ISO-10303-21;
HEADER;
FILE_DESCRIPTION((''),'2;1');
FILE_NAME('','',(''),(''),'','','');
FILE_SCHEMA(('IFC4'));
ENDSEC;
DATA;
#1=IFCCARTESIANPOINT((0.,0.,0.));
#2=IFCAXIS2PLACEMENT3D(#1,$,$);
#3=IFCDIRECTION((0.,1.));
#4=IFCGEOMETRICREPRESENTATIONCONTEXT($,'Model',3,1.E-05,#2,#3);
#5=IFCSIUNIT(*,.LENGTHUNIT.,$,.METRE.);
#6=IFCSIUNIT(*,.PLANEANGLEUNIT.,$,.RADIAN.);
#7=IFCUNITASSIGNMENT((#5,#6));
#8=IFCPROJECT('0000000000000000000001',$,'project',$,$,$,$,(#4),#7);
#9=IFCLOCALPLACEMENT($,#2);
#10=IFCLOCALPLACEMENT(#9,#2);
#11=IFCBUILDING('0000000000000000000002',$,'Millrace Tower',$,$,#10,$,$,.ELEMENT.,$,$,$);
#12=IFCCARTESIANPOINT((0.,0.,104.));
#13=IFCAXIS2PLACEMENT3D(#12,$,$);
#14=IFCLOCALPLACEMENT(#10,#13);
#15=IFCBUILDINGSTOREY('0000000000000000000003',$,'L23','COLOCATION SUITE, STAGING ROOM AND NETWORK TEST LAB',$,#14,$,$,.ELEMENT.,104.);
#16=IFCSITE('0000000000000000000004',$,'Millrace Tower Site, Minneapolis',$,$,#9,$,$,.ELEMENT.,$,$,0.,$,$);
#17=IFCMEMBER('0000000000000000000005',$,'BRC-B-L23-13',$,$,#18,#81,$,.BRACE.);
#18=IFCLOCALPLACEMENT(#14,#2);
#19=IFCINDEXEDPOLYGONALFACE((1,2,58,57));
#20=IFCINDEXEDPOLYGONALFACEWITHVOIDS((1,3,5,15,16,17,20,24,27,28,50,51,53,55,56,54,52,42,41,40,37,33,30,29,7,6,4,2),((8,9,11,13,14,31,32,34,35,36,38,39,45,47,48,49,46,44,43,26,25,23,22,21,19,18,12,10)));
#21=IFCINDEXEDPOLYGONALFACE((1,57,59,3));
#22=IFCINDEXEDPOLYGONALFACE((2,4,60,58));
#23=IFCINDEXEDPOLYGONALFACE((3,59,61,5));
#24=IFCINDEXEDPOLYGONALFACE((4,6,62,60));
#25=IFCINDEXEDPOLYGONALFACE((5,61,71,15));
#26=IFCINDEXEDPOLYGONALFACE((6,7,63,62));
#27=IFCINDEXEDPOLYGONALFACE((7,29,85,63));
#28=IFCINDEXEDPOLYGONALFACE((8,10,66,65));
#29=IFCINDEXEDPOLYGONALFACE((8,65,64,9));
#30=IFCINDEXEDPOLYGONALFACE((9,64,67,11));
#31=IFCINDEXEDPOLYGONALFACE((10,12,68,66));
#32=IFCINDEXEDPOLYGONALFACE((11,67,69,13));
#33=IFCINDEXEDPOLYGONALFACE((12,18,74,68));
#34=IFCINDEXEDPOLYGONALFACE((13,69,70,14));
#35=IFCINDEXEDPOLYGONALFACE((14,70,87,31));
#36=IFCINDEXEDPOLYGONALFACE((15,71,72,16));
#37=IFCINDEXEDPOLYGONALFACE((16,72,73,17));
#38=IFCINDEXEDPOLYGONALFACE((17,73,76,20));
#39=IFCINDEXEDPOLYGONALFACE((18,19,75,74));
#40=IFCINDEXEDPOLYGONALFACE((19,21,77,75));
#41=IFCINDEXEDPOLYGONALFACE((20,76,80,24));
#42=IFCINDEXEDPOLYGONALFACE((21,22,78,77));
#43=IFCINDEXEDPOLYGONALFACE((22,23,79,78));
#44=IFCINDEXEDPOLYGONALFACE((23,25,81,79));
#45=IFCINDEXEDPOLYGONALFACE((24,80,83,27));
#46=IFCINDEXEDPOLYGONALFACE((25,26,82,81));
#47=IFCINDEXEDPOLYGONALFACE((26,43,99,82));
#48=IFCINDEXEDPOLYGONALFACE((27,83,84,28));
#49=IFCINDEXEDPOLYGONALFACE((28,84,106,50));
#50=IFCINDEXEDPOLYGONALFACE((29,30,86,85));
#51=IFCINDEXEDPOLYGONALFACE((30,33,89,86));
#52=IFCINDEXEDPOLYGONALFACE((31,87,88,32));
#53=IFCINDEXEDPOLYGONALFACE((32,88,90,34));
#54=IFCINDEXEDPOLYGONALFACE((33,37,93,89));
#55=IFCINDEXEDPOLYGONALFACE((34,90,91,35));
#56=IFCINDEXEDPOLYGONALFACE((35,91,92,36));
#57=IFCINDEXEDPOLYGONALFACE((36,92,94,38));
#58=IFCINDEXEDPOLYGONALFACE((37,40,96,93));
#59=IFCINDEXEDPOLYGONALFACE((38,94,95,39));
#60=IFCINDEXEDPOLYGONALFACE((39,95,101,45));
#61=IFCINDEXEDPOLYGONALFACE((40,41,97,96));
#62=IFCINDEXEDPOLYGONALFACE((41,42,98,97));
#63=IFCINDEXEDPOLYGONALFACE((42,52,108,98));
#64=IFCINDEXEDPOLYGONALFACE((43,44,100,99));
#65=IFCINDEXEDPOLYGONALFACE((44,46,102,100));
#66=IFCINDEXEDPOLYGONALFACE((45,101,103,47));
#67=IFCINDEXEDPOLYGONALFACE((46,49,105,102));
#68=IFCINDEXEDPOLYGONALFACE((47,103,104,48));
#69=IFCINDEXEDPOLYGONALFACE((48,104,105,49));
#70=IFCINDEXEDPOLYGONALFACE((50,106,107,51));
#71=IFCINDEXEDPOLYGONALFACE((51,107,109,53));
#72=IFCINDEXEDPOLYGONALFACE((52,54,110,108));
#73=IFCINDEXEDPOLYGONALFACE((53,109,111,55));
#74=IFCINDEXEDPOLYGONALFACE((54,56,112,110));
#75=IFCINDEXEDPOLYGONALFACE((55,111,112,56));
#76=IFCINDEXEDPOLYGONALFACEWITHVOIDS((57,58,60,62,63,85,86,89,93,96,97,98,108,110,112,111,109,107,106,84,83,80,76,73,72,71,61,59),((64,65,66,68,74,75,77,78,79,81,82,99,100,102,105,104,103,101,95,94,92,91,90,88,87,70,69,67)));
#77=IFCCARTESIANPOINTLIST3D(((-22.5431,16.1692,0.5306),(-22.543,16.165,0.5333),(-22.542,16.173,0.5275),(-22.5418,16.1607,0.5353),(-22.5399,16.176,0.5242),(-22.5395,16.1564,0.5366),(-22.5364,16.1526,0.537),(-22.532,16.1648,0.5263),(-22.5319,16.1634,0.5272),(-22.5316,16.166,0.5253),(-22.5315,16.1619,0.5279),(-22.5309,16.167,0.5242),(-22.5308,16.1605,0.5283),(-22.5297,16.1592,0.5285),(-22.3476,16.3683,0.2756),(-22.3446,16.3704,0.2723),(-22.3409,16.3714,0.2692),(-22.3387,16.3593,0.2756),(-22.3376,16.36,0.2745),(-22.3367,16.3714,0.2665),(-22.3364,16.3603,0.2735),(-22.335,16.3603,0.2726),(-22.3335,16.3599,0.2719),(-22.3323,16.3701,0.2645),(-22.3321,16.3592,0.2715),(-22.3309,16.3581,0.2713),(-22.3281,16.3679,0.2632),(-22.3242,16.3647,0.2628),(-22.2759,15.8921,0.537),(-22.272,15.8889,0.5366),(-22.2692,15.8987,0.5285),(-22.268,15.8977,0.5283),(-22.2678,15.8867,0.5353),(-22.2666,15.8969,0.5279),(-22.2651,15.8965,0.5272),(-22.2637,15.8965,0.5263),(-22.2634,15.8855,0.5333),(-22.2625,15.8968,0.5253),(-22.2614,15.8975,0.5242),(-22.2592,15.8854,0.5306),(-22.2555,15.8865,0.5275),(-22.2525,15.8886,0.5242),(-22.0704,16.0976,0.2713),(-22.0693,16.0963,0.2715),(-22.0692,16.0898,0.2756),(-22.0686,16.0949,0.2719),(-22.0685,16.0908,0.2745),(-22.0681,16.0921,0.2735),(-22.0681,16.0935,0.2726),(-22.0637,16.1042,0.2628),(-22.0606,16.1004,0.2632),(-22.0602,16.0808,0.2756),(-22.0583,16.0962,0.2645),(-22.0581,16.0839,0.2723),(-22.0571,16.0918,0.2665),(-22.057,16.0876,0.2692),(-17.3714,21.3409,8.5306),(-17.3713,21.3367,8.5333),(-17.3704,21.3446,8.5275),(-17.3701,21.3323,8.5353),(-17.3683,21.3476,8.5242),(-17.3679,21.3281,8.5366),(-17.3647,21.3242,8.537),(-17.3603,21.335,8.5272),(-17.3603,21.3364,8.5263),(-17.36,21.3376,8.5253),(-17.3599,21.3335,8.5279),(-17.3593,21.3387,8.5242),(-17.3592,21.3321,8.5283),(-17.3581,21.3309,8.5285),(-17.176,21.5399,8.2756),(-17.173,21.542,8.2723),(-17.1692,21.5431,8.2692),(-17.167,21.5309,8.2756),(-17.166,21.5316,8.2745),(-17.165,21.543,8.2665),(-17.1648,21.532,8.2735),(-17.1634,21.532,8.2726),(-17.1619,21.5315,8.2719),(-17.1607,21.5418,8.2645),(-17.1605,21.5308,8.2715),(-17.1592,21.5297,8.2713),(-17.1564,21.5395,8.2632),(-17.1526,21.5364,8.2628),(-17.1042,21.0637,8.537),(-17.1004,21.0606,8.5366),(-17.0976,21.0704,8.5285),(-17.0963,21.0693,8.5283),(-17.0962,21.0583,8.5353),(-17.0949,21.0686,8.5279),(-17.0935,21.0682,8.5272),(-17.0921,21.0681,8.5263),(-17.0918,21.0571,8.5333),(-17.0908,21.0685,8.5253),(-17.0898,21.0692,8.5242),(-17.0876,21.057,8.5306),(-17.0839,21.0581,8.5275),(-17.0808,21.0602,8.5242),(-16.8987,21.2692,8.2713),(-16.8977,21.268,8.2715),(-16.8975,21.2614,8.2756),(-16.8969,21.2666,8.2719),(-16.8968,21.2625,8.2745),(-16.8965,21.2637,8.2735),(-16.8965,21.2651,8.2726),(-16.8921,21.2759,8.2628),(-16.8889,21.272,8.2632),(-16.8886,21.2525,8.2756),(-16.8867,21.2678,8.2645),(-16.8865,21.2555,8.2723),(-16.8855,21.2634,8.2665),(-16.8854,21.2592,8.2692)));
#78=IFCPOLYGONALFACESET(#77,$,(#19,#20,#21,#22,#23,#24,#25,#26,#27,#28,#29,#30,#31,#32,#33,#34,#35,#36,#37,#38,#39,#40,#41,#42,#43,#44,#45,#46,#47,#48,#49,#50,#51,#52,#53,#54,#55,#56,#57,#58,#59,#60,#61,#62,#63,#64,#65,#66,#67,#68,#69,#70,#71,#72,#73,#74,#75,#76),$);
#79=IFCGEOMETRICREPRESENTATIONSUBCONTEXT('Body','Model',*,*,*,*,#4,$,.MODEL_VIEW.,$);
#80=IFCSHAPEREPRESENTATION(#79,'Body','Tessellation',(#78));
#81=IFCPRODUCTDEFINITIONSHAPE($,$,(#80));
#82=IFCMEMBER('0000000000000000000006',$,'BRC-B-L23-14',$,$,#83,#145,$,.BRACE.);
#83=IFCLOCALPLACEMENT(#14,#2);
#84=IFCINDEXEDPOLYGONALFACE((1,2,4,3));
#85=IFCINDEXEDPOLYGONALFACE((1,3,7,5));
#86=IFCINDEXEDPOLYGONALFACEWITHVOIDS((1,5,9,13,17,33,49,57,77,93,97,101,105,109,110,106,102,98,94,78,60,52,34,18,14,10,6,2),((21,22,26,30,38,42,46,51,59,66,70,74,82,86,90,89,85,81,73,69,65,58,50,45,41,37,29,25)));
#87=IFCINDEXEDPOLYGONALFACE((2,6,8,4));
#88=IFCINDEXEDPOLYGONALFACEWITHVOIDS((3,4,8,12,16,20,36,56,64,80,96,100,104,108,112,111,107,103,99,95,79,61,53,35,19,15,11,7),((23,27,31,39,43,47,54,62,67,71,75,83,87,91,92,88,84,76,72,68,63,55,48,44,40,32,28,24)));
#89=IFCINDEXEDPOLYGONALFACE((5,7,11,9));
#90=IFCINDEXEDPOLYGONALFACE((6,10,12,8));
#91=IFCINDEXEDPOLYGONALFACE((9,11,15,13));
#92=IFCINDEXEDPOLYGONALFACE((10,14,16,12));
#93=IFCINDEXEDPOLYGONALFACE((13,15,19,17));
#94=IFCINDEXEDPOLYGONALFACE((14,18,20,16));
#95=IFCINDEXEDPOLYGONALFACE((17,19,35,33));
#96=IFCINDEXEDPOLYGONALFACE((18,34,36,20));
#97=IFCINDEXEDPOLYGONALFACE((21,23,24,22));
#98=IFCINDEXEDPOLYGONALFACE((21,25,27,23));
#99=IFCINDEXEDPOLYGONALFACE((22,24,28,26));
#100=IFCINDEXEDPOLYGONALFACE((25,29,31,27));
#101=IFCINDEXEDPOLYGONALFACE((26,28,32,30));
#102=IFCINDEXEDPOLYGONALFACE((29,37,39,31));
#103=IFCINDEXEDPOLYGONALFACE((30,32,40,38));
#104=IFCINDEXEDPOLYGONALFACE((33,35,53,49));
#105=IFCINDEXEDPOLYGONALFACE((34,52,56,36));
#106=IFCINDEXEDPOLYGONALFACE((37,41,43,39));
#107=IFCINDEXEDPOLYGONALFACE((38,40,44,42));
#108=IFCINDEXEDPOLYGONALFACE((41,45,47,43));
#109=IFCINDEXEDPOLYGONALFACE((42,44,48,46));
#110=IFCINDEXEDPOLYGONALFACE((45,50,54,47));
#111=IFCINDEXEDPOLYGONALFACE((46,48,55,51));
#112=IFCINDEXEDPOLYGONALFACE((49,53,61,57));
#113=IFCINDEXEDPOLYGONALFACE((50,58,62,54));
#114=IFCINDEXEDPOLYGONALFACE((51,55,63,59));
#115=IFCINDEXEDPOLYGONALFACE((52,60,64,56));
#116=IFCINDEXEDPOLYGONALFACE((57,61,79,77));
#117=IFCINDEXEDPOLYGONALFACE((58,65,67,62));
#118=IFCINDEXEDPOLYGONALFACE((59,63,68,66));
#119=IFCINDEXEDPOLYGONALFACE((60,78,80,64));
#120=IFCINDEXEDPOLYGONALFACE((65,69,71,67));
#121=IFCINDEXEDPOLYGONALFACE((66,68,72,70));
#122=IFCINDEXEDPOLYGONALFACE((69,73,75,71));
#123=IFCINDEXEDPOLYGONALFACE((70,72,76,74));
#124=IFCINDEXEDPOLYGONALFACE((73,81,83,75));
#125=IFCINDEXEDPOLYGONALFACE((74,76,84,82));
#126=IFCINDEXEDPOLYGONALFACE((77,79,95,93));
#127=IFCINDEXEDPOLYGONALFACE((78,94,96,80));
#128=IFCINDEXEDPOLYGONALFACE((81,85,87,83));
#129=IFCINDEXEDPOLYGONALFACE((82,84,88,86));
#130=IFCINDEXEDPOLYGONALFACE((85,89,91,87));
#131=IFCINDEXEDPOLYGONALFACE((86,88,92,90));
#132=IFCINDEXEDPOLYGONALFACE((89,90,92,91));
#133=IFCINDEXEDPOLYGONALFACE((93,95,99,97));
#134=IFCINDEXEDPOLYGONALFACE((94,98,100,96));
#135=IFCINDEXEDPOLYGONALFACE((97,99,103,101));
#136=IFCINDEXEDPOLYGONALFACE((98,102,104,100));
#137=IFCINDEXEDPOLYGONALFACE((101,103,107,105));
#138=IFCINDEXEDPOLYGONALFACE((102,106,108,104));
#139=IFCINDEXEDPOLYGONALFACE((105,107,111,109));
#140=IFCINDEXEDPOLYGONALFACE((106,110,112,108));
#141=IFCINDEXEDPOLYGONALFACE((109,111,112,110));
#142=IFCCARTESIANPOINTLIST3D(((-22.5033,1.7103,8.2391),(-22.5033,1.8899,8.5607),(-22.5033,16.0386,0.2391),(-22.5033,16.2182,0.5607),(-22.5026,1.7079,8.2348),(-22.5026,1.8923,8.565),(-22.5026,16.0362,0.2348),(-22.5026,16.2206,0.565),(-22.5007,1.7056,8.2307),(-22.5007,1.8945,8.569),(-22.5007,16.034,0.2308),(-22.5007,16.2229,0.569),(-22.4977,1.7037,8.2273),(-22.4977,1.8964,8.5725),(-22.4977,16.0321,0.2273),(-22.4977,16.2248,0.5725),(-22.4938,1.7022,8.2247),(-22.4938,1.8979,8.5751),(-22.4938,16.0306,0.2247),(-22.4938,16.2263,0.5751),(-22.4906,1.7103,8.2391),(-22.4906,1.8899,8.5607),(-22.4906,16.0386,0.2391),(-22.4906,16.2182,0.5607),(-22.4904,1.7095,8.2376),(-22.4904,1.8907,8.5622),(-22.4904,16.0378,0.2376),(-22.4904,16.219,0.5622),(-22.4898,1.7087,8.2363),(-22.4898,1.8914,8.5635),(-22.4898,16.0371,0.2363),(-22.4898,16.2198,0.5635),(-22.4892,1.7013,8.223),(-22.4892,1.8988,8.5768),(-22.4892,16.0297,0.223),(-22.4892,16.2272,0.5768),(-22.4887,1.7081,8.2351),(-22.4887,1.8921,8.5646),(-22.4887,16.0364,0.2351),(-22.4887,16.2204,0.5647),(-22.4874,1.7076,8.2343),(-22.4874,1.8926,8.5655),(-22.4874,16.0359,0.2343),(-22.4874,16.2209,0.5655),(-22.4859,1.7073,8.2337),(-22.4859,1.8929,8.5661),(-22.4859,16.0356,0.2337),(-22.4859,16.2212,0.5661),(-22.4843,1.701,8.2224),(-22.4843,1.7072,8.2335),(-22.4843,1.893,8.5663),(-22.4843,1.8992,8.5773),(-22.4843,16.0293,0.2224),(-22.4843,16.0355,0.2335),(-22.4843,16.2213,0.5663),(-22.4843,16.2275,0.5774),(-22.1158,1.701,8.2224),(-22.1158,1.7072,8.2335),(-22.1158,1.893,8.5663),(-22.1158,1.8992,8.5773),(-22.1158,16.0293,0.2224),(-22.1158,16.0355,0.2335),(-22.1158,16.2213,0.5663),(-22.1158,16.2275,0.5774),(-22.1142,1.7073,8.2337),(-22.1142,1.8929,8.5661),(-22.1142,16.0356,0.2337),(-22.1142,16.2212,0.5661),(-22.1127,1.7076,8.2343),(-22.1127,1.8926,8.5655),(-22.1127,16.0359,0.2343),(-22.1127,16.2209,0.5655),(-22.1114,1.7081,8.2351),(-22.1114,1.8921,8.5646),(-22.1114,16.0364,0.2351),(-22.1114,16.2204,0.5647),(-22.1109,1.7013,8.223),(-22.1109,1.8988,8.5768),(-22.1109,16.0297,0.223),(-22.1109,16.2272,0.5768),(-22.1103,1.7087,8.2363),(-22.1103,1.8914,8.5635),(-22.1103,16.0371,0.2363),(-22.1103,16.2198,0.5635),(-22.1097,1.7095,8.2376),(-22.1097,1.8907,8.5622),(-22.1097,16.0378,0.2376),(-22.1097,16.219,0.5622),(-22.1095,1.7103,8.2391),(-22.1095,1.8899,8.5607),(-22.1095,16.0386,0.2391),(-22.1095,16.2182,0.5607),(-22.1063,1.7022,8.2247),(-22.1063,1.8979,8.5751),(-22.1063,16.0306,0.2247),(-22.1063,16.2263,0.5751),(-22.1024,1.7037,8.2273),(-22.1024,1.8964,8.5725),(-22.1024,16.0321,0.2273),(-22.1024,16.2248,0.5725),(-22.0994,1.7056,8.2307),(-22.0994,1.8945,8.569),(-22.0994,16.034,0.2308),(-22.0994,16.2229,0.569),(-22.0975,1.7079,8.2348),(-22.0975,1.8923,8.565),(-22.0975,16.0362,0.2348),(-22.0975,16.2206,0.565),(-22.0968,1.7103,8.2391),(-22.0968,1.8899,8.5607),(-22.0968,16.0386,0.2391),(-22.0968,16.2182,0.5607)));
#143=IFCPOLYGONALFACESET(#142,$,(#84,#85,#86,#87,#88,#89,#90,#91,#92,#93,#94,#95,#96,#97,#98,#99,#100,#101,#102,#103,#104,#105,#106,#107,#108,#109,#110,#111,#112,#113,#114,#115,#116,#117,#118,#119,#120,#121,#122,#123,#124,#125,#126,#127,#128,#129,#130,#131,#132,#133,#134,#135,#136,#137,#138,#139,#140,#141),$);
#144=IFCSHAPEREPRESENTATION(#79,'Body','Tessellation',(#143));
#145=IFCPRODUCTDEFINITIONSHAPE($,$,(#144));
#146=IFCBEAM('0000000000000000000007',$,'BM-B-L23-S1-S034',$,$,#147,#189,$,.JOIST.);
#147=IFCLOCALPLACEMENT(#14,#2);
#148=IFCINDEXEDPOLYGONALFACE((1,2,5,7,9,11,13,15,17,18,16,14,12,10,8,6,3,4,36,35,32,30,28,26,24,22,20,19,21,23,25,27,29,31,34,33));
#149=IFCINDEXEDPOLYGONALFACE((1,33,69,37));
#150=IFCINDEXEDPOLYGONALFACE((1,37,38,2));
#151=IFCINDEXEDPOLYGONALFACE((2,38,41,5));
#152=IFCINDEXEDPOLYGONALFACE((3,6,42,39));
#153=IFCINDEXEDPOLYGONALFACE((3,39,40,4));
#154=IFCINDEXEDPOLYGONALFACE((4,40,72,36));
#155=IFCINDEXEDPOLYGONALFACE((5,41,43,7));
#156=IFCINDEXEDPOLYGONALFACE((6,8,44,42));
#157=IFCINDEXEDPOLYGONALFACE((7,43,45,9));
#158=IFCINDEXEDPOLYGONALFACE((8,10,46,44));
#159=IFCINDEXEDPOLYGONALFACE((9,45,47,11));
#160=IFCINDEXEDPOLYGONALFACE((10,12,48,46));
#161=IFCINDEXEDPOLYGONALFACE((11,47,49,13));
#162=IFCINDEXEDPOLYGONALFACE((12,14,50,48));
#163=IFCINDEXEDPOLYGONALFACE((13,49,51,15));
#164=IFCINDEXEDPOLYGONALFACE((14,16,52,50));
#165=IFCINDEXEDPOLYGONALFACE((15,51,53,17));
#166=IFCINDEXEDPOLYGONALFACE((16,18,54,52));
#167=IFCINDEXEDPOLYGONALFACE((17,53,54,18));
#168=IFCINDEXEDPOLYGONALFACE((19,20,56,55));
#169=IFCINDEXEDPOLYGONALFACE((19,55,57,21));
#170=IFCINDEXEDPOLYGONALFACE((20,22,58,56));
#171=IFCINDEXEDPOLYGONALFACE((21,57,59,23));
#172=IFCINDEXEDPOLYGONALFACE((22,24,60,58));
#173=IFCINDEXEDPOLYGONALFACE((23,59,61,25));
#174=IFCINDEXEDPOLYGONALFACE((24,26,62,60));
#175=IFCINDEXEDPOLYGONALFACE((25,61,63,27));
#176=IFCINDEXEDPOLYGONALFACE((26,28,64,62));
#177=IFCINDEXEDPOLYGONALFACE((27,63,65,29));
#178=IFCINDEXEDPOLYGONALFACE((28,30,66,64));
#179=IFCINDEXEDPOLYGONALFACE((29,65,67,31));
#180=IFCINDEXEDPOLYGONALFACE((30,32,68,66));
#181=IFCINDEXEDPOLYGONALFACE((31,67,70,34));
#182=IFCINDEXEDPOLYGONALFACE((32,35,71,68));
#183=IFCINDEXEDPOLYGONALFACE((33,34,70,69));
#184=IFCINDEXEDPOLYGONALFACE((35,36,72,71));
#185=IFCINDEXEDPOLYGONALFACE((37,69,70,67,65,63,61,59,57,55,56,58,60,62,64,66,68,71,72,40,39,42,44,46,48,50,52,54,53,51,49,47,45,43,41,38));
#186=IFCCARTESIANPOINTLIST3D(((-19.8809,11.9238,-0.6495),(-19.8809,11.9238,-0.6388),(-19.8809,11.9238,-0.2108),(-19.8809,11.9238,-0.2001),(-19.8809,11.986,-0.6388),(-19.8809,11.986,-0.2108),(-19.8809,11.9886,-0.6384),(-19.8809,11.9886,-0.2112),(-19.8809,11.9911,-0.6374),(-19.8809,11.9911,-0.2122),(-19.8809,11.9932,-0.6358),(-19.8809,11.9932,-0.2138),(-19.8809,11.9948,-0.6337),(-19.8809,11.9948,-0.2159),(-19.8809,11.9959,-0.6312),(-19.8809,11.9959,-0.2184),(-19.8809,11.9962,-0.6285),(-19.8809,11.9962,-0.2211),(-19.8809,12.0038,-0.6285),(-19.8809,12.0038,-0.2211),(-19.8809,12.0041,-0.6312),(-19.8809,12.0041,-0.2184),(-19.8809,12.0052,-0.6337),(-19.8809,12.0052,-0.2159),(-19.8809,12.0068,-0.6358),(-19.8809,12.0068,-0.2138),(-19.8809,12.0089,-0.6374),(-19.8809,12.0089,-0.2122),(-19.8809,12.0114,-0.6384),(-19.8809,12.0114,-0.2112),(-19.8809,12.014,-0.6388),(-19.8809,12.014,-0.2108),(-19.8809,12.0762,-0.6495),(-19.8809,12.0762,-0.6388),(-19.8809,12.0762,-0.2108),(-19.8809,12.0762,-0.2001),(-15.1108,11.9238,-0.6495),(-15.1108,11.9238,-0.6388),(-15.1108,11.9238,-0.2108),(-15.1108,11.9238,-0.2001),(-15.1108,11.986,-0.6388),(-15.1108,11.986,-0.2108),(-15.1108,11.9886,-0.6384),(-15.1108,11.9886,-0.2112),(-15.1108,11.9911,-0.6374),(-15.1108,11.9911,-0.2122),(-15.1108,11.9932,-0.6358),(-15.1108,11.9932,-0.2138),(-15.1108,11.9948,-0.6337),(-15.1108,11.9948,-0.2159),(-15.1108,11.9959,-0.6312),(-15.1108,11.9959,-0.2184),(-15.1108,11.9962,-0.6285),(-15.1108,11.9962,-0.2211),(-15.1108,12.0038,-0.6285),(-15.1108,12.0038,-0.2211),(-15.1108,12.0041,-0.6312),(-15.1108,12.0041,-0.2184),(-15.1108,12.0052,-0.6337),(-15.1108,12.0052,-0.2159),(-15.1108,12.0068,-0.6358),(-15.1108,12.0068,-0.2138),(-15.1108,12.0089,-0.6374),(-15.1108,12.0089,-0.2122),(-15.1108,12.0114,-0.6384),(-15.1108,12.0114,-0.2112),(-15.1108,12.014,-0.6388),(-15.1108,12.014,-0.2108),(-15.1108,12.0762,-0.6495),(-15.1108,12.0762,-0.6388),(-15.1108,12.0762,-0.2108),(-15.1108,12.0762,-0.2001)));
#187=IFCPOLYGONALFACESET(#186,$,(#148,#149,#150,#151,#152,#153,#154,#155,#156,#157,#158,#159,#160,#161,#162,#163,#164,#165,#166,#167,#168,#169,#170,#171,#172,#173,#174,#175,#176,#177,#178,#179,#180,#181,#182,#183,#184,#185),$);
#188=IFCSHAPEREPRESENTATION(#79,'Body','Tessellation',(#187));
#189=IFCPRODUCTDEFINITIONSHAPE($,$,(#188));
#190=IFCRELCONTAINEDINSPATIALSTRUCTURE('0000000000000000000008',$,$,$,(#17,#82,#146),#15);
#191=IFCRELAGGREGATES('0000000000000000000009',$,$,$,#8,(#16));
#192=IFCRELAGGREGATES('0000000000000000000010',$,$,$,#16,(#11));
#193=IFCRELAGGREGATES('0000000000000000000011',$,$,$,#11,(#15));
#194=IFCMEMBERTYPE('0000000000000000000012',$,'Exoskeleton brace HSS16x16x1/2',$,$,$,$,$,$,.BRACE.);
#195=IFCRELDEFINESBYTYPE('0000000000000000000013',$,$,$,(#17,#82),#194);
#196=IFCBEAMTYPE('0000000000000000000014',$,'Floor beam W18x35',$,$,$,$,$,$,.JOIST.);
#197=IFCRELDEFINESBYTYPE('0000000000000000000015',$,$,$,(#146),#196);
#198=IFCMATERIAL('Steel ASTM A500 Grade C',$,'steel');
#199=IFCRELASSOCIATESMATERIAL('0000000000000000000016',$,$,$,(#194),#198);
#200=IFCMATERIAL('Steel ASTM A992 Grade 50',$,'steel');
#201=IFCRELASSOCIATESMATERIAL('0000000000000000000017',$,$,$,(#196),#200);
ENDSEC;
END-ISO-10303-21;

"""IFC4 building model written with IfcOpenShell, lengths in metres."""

from ifc_helpers import new_model, si_unit, direction, frame, origin, origin_2d, place, context, subcontext, project, spatial, hollow_rectangle, i_section, extrude, material, material_profile, profile_set, type_object, element, save


model = new_model("IFC4")

# Units and contexts
model_context = context("Model", 3, precision=1e-05, world=origin(), true_north=direction((0.0, 1.0)))
body_context = subcontext(model_context, "Body", "Model", "MODEL_VIEW")
ifc_project = project(units=[si_unit("LENGTHUNIT", "METRE"), si_unit("PLANEANGLEUNIT", "RADIAN")], contexts=[model_context])

# Site, building, storey
site_placement = place(None, origin())
site = spatial("IfcSite", under=ifc_project, at=site_placement, Name="Millrace Tower Site, Minneapolis", CompositionType="ELEMENT", RefElevation=0.0)
building_placement = place(site_placement, origin())
building = spatial("IfcBuilding", under=site, at=building_placement, Name="Millrace Tower", CompositionType="ELEMENT")
storey_placement = place(building_placement, frame((0.0, 0.0, 104.0)))
storey = spatial("IfcBuildingStorey", under=building, at=storey_placement, Name="L23", Description="COLOCATION SUITE, STAGING ROOM AND NETWORK TEST LAB", CompositionType="ELEMENT", Elevation=104.0)

# Members
ifc_material_1 = material(Name="Steel ASTM A500 Grade C", Category="steel")
ifc_material_profile_1 = material_profile(ifc_material_1, hollow_rectangle(XDim=0.4065, YDim=0.4065, WallThickness=0.0127, InnerFilletRadius=0.0063, OuterFilletRadius=0.019, at=origin_2d()))
ifc_profile_set_1 = profile_set([ifc_material_profile_1], Name="Steel ASTM A500 Grade C")
member_type_1 = type_object("IfcMemberType", Name="Exoskeleton brace HSS16x16x1/2", PredefinedType="BRACE", material=ifc_profile_set_1)
member_1_placement = place(storey_placement, frame((-22.3, 16.1284, 0.3999), z_axis=(0.477116, 0.477116, 0.738052), x_axis=(-0.707107, 0.707107, 0.0)))
element("IfcMember", 1, at=member_1_placement, inside=storey, type_object=member_type_1, Name="BRC-B-L23-13", PredefinedType="BRACE", context=body_context, shape_type="SweptSolid", body=[
    extrude(hollow_rectangle(XDim=0.4065, YDim=0.4065, WallThickness=0.0127, InnerFilletRadius=0.0063, OuterFilletRadius=0.019, at=origin_2d()), origin(), (0.0, 0.0, 1.0), 10.8394),
])
member_2_placement = place(storey_placement, frame((-22.3, 16.1284, 0.3999), z_axis=(0.0, -0.873126, 0.487495), x_axis=(1.0, 0.0, 0.0)))
element("IfcMember", 2, at=member_2_placement, inside=storey, type_object=member_type_1, Name="BRC-B-L23-14", PredefinedType="BRACE", context=body_context, shape_type="SweptSolid", body=[
    extrude(hollow_rectangle(XDim=0.4065, YDim=0.4065, WallThickness=0.0127, InnerFilletRadius=0.0063, OuterFilletRadius=0.019, at=origin_2d()), origin(), (0.0, 0.0, 1.0), 16.4104),
])

# Beam
ifc_material_2 = material(Name="Steel ASTM A992 Grade 50", Category="steel")
ifc_material_profile_2 = material_profile(ifc_material_2, i_section(OverallWidth=0.1523, OverallDepth=0.4495, WebThickness=0.0076, FlangeThickness=0.0107, FilletRadius=0.0103, at=origin_2d()))
ifc_profile_set_2 = profile_set([ifc_material_profile_2], Name="Steel ASTM A992 Grade 50")
beam_type_1 = type_object("IfcBeamType", Name="Floor beam W18x35", PredefinedType="JOIST", material=ifc_profile_set_2)
for number, where, z_axis, x_axis, name in (
    (3, (-19.8809, 12.0, -0.4248), (1.0, 0.0, 0.0), (0.0, 1.0, 0.0), "BM-B-L23-S1-S034"),
):
    element("IfcBeam", number, at=place(storey_placement, frame(where, z_axis=z_axis, x_axis=x_axis)), inside=storey, type_object=beam_type_1, Name=name, PredefinedType="JOIST", context=body_context, shape_type="SweptSolid", body=[
        extrude(i_section(OverallWidth=0.1523, OverallDepth=0.4495, WebThickness=0.0076, FlangeThickness=0.0107, FilletRadius=0.0103, at=origin_2d()), origin(), (0.0, 0.0, 1.0), 4.77),
    ])

save(model, "model.ifc")
